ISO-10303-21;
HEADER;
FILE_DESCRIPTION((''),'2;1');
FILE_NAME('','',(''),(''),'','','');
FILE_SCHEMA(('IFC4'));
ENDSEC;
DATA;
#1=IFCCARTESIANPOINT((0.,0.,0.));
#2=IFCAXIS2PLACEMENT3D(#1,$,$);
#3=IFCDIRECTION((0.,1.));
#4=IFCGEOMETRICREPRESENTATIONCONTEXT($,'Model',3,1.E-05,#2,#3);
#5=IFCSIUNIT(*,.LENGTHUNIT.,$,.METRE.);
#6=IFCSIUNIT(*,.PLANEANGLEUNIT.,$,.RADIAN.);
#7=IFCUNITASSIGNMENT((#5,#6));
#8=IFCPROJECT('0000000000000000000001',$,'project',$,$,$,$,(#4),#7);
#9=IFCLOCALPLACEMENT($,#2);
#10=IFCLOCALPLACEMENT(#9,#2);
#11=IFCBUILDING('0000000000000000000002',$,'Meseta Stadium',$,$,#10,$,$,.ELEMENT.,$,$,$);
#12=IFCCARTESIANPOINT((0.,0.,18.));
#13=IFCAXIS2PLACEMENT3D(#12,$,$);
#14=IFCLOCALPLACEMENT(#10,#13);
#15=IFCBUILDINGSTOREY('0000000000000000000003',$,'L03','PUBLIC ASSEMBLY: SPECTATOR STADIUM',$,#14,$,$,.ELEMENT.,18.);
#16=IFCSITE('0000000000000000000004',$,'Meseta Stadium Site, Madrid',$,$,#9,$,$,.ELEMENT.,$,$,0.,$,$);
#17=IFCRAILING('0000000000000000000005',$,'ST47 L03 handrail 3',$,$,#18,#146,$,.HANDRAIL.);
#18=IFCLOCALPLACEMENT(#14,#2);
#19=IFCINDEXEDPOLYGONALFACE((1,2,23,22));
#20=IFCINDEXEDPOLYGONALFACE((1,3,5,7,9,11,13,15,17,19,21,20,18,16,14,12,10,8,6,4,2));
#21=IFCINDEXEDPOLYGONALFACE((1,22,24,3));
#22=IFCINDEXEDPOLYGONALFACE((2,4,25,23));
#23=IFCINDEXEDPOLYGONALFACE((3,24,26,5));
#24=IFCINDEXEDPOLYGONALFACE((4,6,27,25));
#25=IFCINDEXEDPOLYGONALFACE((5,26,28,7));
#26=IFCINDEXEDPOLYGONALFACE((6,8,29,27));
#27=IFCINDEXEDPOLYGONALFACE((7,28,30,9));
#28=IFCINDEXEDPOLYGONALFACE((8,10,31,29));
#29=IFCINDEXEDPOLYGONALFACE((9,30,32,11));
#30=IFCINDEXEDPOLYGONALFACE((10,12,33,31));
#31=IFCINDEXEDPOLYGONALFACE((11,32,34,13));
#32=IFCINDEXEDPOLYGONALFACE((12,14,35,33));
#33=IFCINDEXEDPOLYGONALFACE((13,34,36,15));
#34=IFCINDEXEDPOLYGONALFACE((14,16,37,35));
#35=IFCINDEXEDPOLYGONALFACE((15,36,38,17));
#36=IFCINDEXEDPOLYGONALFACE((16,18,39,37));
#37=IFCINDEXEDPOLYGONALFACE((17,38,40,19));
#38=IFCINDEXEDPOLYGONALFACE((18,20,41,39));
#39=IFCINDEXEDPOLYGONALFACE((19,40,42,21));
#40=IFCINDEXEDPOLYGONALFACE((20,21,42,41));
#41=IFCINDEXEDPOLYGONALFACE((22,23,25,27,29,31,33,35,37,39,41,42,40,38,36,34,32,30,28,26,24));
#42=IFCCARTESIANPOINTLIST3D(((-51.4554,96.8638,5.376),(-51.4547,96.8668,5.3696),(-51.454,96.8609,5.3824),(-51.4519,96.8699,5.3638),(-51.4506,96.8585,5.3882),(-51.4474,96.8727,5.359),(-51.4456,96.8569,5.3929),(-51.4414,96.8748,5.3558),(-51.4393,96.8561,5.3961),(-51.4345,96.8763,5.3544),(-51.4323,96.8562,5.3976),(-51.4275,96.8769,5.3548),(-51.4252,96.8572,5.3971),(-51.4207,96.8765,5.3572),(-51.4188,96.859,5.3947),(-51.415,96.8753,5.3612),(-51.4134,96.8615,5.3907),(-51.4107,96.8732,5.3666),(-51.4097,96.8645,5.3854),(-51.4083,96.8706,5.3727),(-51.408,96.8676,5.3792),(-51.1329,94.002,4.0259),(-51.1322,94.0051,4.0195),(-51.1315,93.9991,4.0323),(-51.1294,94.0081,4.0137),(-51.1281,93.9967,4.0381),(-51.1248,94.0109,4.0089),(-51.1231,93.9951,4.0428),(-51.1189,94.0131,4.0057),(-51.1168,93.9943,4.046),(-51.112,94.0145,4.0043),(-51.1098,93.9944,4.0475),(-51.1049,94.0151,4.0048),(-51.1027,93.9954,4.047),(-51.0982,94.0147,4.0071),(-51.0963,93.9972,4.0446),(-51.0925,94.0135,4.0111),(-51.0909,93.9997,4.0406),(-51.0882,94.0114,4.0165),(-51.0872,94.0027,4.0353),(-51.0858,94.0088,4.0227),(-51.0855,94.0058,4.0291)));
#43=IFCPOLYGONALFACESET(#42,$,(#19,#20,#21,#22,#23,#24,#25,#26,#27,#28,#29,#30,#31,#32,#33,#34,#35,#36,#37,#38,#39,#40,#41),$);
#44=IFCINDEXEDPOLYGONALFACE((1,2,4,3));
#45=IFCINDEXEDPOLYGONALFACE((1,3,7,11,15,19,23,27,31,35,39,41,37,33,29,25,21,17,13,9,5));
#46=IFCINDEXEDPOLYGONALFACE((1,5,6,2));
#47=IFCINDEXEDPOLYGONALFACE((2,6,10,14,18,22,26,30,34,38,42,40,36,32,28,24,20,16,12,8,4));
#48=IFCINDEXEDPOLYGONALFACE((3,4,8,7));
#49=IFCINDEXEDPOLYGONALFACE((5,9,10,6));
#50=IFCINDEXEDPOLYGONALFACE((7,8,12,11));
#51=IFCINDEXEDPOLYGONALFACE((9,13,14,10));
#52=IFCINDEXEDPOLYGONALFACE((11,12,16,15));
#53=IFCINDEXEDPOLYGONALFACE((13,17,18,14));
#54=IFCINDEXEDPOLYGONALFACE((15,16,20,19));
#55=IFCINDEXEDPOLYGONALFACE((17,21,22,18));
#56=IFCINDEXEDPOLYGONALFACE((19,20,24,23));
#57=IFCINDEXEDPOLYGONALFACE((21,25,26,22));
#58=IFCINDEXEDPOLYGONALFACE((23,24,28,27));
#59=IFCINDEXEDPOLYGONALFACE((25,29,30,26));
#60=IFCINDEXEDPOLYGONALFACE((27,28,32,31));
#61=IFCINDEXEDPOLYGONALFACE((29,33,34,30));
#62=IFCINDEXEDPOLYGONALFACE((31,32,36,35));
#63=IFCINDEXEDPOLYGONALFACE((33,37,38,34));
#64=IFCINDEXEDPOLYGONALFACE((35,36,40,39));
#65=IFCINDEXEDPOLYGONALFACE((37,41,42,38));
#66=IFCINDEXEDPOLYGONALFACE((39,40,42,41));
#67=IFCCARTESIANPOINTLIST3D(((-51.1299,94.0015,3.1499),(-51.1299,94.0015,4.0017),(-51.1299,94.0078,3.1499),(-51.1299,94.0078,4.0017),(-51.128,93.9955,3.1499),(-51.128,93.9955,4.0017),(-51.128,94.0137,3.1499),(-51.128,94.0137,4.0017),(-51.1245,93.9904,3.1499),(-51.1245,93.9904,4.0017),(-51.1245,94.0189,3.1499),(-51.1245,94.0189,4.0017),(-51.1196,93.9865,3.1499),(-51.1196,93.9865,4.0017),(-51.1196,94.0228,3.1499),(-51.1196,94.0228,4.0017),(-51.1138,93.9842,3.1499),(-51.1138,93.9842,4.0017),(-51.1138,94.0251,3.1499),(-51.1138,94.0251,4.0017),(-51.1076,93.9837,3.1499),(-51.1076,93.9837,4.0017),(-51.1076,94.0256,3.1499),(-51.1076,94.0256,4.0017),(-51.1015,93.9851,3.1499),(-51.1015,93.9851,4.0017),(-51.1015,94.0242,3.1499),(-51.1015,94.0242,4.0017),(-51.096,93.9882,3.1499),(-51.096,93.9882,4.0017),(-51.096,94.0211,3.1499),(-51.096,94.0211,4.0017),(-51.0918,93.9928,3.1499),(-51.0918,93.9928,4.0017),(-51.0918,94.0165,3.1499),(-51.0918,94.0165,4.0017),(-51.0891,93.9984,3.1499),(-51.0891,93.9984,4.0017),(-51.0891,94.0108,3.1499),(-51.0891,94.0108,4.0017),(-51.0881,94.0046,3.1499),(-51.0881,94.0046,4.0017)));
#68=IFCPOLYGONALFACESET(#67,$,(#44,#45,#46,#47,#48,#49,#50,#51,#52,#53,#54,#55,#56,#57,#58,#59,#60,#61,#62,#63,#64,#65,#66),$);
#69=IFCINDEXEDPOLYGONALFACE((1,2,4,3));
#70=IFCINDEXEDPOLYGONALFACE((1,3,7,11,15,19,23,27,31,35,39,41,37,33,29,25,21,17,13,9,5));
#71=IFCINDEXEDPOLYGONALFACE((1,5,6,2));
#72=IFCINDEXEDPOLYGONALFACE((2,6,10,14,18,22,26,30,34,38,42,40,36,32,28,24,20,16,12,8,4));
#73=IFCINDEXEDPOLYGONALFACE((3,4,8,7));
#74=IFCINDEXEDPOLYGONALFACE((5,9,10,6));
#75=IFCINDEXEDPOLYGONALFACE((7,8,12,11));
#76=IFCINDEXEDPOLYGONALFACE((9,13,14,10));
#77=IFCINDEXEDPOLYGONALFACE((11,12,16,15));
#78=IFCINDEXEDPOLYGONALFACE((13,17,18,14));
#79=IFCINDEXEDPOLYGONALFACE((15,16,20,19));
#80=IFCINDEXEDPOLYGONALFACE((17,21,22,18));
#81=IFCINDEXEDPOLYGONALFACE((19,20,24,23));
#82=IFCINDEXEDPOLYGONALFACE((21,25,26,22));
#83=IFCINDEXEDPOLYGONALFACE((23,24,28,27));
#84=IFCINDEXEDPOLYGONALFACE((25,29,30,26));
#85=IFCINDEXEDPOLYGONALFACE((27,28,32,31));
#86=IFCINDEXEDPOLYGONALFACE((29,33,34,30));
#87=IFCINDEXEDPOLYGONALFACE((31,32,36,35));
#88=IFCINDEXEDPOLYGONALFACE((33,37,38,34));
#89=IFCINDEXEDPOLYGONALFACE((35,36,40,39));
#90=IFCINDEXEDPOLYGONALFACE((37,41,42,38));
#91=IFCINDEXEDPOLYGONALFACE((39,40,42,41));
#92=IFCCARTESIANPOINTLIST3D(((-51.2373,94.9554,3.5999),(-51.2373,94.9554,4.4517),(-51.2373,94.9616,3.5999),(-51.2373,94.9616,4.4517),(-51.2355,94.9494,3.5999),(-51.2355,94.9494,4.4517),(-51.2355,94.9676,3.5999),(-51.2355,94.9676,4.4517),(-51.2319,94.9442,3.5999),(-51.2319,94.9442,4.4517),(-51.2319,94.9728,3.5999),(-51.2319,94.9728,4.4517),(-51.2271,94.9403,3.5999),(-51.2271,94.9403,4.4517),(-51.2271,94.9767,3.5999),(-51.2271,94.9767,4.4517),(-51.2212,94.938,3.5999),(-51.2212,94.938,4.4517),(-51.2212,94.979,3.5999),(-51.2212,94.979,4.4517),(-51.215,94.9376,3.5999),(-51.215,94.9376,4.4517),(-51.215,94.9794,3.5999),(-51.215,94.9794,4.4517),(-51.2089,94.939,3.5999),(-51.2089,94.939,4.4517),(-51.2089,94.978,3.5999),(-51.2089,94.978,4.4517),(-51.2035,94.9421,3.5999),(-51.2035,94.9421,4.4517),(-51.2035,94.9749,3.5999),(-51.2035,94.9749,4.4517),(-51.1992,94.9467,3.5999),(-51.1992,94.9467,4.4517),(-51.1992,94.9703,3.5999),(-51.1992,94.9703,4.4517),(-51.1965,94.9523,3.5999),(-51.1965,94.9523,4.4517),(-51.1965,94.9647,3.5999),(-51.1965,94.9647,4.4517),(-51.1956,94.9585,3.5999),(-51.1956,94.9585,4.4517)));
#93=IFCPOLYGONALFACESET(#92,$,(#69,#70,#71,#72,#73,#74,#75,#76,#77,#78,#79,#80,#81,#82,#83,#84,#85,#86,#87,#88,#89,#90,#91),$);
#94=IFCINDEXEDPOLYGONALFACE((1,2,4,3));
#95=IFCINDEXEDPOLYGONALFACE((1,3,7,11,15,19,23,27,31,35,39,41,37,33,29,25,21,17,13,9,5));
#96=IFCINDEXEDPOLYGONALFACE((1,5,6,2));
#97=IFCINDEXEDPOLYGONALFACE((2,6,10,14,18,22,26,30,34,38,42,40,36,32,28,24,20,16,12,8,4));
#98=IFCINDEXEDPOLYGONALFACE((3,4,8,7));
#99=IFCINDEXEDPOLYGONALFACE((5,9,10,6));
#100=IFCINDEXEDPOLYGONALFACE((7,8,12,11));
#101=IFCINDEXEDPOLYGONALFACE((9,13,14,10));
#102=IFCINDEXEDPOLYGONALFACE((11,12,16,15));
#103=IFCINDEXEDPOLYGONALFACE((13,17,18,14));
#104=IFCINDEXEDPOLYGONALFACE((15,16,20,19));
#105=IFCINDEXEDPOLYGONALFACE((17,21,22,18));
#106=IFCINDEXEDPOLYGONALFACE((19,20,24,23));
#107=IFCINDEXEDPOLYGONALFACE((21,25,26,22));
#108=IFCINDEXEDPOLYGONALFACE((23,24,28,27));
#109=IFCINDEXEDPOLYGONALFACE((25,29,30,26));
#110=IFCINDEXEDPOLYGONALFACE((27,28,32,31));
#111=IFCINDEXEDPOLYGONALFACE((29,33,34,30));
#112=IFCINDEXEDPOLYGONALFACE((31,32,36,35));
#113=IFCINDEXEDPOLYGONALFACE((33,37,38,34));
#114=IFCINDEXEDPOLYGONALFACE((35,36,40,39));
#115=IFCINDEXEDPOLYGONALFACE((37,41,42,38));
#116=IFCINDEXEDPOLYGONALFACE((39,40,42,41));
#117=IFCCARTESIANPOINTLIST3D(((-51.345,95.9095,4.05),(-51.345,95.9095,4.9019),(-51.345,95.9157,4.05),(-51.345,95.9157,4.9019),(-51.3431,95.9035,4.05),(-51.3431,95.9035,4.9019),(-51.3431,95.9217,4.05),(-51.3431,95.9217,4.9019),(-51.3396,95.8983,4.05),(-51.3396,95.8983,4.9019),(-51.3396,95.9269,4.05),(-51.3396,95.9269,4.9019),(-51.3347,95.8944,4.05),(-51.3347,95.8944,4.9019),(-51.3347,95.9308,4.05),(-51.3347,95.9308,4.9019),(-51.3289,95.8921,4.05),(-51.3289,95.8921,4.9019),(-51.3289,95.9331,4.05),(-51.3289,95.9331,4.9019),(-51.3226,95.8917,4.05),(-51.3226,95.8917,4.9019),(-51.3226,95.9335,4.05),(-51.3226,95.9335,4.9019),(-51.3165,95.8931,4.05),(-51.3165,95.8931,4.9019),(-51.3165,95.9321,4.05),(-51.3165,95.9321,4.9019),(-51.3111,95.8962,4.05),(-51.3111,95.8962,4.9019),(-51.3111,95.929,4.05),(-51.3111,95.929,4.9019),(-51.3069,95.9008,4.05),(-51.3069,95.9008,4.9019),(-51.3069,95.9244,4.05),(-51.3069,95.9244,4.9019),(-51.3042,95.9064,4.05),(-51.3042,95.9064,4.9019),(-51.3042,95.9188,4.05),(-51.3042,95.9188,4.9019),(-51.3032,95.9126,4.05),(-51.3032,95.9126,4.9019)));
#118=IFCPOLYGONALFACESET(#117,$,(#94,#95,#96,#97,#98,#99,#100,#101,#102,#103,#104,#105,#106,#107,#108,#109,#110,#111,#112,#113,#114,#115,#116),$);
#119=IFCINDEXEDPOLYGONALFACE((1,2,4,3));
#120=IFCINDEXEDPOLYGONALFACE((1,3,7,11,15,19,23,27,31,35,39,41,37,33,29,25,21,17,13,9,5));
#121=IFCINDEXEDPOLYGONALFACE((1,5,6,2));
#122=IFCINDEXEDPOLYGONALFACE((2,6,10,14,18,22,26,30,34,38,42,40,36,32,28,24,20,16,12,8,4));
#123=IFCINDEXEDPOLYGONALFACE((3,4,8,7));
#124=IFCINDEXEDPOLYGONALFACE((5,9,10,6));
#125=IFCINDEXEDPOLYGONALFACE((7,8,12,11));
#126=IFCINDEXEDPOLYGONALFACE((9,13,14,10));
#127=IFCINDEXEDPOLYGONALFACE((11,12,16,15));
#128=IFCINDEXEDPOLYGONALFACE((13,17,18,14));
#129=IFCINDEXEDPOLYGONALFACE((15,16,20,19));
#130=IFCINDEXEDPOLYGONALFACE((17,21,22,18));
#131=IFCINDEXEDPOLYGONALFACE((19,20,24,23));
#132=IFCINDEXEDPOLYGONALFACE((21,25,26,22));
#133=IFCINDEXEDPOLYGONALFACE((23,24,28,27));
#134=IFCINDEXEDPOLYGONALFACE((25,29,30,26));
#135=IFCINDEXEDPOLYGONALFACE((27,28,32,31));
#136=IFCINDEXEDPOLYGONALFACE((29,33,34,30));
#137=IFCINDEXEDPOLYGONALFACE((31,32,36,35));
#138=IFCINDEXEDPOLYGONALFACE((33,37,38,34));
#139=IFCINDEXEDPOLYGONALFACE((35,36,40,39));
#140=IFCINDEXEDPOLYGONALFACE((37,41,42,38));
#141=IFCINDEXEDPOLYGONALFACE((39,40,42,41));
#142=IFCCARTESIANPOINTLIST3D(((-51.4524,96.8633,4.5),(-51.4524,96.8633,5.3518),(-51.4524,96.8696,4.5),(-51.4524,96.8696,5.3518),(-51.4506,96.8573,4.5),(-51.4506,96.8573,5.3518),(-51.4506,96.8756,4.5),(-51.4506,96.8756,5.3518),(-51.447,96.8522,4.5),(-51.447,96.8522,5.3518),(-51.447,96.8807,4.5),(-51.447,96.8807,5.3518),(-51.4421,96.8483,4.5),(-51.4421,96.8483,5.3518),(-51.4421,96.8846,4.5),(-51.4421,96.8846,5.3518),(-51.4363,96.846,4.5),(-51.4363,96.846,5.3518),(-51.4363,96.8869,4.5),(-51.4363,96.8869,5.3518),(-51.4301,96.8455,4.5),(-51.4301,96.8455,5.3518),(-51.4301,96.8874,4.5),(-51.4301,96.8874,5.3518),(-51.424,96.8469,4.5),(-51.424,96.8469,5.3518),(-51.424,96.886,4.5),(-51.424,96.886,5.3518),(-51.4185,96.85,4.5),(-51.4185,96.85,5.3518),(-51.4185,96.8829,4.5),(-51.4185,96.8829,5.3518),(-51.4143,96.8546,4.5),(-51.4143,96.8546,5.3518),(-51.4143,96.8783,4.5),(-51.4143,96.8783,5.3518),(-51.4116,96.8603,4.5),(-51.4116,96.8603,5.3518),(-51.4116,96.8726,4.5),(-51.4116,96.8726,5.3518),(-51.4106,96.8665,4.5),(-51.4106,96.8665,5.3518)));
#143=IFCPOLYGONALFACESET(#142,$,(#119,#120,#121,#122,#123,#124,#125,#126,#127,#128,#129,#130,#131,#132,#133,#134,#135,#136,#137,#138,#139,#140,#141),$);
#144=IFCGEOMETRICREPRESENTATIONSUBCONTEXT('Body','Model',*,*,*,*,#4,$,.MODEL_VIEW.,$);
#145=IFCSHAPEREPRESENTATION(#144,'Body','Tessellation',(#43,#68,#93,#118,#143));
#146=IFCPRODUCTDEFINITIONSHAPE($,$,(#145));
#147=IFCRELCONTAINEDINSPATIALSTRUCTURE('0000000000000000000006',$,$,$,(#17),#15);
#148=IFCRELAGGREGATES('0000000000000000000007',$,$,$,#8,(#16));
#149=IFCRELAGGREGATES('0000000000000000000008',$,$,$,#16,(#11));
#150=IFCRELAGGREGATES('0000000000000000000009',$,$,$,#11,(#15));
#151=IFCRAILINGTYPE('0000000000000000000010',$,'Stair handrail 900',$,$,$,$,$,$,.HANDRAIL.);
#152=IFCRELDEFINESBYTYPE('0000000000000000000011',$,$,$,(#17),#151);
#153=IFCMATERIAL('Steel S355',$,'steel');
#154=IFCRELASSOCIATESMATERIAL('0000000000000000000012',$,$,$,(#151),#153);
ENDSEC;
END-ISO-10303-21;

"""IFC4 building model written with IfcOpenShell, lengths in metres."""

from ifc_helpers import new_model, si_unit, direction, frame, origin, origin_2d, place, context, subcontext, project, spatial, circle, extrude, material, type_object, element, save


model = new_model("IFC4")

# Units and contexts
model_context = context("Model", 3, precision=1e-05, world=origin(), true_north=direction((0.0, 1.0)))
body_context = subcontext(model_context, "Body", "Model", "MODEL_VIEW")
ifc_project = project(units=[si_unit("LENGTHUNIT", "METRE"), si_unit("PLANEANGLEUNIT", "RADIAN")], contexts=[model_context])

# Site, building, storey
site_placement = place(None, origin())
site = spatial("IfcSite", under=ifc_project, at=site_placement, Name="Meseta Stadium Site, Madrid", CompositionType="ELEMENT", RefElevation=0.0)
building_placement = place(site_placement, origin())
building = spatial("IfcBuilding", under=site, at=building_placement, Name="Meseta Stadium", CompositionType="ELEMENT")
storey_placement = place(building_placement, frame((0.0, 0.0, 18.0)))
storey = spatial("IfcBuildingStorey", under=building, at=storey_placement, Name="L03", Description="PUBLIC ASSEMBLY: SPECTATOR STADIUM", CompositionType="ELEMENT", Elevation=18.0)

# Railing
ifc_material_1 = material(Name="Steel S355", Category="steel")
railing_type_1 = type_object("IfcRailingType", Name="Stair handrail 900", PredefinedType="HANDRAIL", material=ifc_material_1)
for number, where, name in (
    (1, (-51.1091, 94.0046, 3.1499), "ST47 L03 handrail 3"),
):
    element("IfcRailing", number, at=place(storey_placement, frame(where)), inside=storey, type_object=railing_type_1, Name=name, PredefinedType="HANDRAIL", context=body_context, shape_type="SweptSolid", body=[
        extrude(circle(Radius=0.0239, at=origin_2d()), frame((0.0, 0.0, 0.876), z_axis=(-0.101396, 0.899748, 0.424467), x_axis=(-0.99371, -0.111985, 0.0)), (0.0, 0.0, 1.0), 3.1807),
        extrude(circle(Radius=0.021, at=origin_2d()), origin(), (0.0, 0.0, 1.0), 0.8518),
        extrude(circle(Radius=0.021, at=origin_2d()), frame((-0.1074, 0.9539, 0.45)), (0.0, 0.0, 1.0), 0.8518),
        extrude(circle(Radius=0.021, at=origin_2d()), frame((-0.2151, 1.908, 0.9001)), (0.0, 0.0, 1.0), 0.8518),
        extrude(circle(Radius=0.021, at=origin_2d()), frame((-0.3225, 2.8618, 1.3501)), (0.0, 0.0, 1.0), 0.8518),
    ])

save(model, "model.ifc")
